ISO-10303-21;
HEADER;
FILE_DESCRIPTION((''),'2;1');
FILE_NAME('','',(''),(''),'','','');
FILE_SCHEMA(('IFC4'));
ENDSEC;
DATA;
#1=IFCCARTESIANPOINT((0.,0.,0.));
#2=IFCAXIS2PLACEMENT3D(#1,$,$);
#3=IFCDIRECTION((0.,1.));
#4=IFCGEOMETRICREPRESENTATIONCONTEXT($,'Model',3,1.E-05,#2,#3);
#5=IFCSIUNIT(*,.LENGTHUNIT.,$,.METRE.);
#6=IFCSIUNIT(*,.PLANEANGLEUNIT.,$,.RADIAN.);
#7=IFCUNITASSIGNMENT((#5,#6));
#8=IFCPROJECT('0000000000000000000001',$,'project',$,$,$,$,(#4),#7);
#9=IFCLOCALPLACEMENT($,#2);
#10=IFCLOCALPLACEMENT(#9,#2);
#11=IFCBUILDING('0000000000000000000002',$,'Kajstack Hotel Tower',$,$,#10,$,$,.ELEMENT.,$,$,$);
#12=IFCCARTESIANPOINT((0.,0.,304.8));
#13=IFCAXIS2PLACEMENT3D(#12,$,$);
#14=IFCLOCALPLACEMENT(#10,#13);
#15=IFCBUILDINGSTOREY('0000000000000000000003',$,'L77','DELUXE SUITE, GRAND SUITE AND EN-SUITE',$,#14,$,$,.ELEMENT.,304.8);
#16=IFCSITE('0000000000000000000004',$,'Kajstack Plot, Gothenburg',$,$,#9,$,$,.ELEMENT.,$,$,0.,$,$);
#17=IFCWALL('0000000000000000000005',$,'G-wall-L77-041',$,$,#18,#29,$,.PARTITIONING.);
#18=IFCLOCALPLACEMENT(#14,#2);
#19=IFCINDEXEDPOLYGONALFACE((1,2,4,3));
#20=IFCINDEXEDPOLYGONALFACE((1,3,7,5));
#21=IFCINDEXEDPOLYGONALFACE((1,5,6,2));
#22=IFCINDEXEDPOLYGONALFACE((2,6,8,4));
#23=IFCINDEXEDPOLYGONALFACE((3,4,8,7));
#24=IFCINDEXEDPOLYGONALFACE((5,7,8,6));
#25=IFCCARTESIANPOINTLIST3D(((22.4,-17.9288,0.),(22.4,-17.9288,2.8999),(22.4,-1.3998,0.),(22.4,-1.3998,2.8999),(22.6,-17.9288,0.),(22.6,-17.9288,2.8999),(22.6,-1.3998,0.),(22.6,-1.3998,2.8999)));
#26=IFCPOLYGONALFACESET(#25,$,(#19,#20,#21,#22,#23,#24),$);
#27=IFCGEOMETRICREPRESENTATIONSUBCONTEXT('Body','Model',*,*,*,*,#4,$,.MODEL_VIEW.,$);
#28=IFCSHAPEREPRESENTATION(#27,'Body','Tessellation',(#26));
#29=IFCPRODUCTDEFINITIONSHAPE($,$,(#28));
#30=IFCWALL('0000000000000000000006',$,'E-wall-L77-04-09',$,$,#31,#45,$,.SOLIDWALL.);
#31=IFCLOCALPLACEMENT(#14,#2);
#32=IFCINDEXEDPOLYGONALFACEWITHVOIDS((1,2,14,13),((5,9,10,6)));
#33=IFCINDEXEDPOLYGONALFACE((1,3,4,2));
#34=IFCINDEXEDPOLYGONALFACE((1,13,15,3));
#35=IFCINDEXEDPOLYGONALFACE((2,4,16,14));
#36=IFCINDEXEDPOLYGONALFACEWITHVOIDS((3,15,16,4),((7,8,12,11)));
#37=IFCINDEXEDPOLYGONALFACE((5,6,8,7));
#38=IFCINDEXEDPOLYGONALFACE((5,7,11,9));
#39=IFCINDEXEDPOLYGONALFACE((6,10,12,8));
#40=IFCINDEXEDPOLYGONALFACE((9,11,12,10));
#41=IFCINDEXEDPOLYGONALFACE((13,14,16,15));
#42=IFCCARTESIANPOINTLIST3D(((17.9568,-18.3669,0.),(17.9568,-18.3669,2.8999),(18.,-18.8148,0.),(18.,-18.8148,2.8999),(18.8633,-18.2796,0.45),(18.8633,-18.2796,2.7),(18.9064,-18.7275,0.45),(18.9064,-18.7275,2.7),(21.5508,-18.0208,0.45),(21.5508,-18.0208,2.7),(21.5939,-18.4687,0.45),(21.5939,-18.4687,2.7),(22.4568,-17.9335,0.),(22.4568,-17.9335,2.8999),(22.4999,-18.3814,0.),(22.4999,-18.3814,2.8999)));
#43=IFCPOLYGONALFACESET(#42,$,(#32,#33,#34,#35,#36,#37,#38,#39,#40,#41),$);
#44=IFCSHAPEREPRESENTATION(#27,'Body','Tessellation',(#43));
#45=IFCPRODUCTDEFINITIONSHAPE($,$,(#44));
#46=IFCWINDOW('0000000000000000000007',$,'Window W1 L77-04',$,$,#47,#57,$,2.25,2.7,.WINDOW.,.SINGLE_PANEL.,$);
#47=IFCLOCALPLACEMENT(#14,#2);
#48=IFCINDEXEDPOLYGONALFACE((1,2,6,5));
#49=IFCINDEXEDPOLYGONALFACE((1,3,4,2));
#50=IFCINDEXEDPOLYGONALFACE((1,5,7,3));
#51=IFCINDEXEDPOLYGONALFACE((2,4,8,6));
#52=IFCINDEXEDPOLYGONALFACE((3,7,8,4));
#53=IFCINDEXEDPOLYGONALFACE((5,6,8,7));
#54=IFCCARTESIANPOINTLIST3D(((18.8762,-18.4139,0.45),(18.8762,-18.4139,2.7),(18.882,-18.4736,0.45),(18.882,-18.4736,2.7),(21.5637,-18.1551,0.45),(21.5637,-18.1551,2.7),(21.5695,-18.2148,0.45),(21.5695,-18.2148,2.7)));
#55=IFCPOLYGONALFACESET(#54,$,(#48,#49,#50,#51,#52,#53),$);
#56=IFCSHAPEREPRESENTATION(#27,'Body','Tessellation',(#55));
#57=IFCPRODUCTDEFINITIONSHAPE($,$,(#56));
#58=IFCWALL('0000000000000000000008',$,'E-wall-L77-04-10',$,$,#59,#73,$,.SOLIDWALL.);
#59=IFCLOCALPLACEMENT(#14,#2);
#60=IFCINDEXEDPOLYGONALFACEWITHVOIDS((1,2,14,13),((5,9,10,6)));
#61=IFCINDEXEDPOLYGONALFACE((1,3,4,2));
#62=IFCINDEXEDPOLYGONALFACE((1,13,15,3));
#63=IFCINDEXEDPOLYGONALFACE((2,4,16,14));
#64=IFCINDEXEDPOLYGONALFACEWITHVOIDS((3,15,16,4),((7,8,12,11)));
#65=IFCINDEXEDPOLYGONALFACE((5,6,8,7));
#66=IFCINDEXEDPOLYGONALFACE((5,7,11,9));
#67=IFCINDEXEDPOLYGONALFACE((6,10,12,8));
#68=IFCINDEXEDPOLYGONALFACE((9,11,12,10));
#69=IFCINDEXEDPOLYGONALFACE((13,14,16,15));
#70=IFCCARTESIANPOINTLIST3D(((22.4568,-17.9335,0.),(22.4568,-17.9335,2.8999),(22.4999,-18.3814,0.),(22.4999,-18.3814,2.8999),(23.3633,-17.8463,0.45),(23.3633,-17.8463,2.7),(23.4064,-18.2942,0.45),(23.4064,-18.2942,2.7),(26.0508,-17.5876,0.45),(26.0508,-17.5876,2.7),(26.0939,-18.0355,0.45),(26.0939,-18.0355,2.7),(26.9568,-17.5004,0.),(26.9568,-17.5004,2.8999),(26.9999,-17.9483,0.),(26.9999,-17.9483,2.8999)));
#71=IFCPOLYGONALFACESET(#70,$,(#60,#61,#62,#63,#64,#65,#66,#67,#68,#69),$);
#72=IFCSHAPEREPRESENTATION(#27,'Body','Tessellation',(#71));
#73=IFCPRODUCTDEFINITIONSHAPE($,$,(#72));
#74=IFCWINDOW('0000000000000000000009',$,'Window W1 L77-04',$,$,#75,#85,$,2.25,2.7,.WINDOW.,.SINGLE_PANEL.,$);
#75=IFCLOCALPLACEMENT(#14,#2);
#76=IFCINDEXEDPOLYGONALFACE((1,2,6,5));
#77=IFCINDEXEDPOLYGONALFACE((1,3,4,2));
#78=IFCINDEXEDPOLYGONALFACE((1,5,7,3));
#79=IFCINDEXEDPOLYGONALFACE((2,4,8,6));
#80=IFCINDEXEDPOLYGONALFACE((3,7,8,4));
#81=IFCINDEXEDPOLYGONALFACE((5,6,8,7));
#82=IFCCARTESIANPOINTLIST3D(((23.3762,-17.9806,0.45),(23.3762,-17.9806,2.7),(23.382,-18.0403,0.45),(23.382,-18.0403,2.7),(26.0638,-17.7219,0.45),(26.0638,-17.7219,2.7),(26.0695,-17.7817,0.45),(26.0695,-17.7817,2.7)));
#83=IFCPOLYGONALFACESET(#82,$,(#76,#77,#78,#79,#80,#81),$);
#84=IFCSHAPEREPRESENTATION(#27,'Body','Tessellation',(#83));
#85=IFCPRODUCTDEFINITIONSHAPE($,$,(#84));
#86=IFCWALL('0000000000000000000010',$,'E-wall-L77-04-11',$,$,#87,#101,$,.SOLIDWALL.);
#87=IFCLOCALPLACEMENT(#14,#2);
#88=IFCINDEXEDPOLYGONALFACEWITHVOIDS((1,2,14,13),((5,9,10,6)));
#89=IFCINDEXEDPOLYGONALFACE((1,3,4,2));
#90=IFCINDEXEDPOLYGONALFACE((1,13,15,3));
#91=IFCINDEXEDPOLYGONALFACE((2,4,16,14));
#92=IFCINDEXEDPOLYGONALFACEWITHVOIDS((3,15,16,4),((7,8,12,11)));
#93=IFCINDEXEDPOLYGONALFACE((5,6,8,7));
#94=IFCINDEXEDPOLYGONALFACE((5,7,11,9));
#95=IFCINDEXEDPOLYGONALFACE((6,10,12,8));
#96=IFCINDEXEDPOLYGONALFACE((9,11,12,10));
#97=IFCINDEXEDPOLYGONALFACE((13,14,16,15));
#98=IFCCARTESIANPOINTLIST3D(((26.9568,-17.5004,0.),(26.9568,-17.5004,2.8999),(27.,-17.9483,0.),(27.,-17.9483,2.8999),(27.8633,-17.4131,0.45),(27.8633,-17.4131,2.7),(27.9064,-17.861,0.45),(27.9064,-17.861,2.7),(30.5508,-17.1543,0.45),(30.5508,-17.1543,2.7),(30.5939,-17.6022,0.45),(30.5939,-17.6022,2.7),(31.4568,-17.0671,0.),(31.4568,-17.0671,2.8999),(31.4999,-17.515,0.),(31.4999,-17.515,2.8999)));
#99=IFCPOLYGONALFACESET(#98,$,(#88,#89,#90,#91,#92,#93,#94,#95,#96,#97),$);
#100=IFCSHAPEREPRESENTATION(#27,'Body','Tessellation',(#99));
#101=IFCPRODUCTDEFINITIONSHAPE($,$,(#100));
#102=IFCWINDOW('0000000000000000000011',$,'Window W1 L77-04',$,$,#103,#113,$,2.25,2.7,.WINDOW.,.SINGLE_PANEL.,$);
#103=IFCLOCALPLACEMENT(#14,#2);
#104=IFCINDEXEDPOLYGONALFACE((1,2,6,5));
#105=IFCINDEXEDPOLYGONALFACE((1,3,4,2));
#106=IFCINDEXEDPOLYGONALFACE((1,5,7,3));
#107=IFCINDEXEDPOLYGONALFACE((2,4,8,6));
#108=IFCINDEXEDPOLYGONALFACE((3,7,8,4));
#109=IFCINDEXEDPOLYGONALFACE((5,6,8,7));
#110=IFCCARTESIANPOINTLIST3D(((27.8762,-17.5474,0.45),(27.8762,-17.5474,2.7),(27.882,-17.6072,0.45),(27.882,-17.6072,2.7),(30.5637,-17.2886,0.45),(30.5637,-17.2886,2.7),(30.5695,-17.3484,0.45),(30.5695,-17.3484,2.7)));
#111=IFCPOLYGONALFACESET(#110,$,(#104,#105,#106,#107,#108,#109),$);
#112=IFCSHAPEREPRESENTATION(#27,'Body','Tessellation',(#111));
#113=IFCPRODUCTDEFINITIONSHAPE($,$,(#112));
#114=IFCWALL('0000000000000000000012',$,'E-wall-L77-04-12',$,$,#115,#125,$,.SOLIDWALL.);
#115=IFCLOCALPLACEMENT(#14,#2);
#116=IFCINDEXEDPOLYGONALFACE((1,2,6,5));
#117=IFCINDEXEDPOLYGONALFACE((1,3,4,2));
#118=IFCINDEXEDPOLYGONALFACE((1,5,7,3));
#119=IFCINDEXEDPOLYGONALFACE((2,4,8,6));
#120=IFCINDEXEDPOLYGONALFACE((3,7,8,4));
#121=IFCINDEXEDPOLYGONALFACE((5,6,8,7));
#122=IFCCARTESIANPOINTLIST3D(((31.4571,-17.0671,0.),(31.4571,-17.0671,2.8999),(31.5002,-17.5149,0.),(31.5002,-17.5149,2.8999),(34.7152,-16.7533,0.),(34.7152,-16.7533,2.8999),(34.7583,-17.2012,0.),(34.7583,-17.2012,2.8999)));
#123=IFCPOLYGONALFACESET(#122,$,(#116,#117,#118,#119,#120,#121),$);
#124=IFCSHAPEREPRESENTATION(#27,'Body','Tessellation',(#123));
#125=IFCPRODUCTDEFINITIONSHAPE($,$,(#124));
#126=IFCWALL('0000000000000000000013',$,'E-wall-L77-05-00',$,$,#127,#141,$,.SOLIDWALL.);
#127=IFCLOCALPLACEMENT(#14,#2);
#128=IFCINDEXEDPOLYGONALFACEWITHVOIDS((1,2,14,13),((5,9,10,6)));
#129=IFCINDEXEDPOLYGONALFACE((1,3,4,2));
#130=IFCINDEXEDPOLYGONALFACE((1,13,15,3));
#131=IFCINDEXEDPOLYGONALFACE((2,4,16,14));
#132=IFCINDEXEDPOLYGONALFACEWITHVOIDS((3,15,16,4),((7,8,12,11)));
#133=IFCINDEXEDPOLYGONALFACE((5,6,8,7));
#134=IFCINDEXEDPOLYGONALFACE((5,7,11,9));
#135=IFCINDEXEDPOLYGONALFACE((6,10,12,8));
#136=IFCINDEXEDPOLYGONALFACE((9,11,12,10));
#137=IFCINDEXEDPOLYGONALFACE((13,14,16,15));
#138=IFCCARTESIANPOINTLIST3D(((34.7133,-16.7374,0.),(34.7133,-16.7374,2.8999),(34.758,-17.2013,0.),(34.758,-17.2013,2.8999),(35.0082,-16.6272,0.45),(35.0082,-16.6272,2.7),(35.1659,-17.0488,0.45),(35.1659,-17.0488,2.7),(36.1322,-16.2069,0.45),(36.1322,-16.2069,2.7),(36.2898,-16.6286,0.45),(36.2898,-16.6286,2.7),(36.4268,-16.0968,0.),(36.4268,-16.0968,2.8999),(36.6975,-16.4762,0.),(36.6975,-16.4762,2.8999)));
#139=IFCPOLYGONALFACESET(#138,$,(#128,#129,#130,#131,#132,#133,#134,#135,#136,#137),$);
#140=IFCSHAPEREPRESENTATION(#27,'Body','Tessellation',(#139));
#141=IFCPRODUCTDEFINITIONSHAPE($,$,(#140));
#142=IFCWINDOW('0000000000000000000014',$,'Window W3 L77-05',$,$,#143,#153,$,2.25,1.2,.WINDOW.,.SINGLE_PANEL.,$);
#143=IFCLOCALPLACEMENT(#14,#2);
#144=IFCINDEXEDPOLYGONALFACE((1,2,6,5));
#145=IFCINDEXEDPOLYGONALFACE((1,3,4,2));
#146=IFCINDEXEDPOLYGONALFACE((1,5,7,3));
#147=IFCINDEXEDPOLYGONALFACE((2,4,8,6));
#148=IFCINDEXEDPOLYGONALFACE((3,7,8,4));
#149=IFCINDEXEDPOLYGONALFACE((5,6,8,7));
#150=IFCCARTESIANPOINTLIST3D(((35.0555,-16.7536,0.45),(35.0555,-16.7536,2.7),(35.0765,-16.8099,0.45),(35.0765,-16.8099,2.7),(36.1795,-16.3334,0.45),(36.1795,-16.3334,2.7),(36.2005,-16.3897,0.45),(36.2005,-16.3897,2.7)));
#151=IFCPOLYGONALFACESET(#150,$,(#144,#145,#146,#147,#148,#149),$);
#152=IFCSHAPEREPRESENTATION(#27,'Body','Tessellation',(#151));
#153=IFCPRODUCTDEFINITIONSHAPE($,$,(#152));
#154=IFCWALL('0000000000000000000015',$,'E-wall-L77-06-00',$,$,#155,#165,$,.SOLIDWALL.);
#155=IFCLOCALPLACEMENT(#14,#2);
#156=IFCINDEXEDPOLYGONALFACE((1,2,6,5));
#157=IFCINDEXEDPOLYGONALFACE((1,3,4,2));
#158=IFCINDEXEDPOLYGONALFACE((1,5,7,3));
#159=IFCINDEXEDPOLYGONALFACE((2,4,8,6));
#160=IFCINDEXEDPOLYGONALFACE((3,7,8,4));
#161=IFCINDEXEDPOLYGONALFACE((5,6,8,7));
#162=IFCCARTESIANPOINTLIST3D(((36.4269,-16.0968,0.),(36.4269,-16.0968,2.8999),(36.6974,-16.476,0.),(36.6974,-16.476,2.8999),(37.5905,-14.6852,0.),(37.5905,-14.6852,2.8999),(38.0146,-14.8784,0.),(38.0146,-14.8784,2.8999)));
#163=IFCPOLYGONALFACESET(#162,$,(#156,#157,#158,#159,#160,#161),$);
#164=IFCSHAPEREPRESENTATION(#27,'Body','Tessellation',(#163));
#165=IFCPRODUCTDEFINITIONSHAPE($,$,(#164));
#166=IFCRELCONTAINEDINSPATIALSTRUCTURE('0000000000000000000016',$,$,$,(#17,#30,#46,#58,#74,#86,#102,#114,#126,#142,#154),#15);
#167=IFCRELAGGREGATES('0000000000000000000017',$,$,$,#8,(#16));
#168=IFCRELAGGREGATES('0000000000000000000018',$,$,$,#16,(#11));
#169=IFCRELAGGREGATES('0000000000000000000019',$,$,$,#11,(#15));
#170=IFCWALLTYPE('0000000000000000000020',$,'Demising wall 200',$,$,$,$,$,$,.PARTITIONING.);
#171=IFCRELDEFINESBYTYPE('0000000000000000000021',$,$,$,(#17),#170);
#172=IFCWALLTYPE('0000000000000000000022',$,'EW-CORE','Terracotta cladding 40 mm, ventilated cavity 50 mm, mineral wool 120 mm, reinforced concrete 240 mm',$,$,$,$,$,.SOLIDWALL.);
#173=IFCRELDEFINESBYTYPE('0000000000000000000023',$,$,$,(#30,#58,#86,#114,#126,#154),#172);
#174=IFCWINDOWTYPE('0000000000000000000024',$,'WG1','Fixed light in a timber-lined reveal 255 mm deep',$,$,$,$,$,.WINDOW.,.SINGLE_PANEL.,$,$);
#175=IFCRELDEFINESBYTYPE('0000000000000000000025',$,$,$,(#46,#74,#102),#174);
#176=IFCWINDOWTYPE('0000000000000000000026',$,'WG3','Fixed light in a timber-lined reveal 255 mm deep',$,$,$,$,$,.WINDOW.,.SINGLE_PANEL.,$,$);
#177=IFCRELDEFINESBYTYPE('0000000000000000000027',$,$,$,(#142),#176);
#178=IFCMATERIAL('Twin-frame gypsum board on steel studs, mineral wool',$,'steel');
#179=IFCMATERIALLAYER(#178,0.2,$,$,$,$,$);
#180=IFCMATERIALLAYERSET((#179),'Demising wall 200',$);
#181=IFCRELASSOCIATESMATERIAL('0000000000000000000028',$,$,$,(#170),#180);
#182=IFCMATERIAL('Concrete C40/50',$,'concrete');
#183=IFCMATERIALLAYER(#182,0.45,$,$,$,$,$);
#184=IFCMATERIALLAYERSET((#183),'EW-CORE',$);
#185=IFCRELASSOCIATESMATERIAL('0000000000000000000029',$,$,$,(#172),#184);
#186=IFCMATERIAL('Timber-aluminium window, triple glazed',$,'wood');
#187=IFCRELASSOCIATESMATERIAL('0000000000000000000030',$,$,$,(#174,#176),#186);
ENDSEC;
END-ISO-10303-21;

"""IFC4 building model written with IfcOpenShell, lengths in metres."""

from ifc_helpers import new_model, si_unit, direction, frame, frame_2d, origin, place, context, subcontext, project, spatial, polyline, rectangle, outline, extrude, material, layer, layer_set, type_object, element, fill, save


model = new_model("IFC4")

# Units and contexts
model_context = context("Model", 3, precision=1e-05, world=origin(), true_north=direction((0.0, 1.0)))
body_context = subcontext(model_context, "Body", "Model", "MODEL_VIEW")
ifc_project = project(units=[si_unit("LENGTHUNIT", "METRE"), si_unit("PLANEANGLEUNIT", "RADIAN")], contexts=[model_context])

# Site, building, storey
site_placement = place(None, origin())
site = spatial("IfcSite", under=ifc_project, at=site_placement, Name="Kajstack Plot, Gothenburg", CompositionType="ELEMENT", RefElevation=0.0)
building_placement = place(site_placement, origin())
building = spatial("IfcBuilding", under=site, at=building_placement, Name="Kajstack Hotel Tower", CompositionType="ELEMENT")
storey_placement = place(building_placement, frame((0.0, 0.0, 304.8)))
storey = spatial("IfcBuildingStorey", under=building, at=storey_placement, Name="L77", Description="DELUXE SUITE, GRAND SUITE AND EN-SUITE", CompositionType="ELEMENT", Elevation=304.8)

# Wall
ifc_material_1 = material(Name="Twin-frame gypsum board on steel studs, mineral wool", Category="steel")
ifc_layer_1 = layer(ifc_material_1, 0.2)
ifc_layer_set_1 = layer_set([ifc_layer_1], Name="Demising wall 200")
wall_type_1 = type_object("IfcWallType", Name="Demising wall 200", PredefinedType="PARTITIONING", material=ifc_layer_set_1)
wall_1_placement = place(storey_placement, frame((22.5, -17.929, 0.0), z_axis=(0.0, 0.0, 1.0), x_axis=(0.0, 1.0, 0.0)))
element("IfcWall", 1, at=wall_1_placement, inside=storey, type_object=wall_type_1, Name="G-wall-L77-041", PredefinedType="PARTITIONING", context=body_context, shape_type="SweptSolid", body=[
    extrude(rectangle(XDim=16.5291, YDim=0.2, at=frame_2d((8.2646, 0.0))), origin(), (0.0, 0.0, 1.0), 2.8999),
])

# Walls, openings, windows
ifc_material_2 = material(Name="Concrete C40/50", Category="concrete")
ifc_layer_2 = layer(ifc_material_2, 0.45)
ifc_layer_set_2 = layer_set([ifc_layer_2], Name="EW-CORE")
wall_type_2 = type_object("IfcWallType", Name="EW-CORE", Description="Terracotta cladding 40 mm, ventilated cavity 50 mm, mineral wool 120 mm, reinforced concrete 240 mm", PredefinedType="SOLIDWALL", material=ifc_layer_set_2)
wall_2_placement = place(storey_placement, frame((17.9785, -18.5908, 0.0), z_axis=(0.0, 0.0, 1.0), x_axis=(0.995395, 0.095856, 0.0)))
wall_2 = element("IfcWall", 2, at=wall_2_placement, inside=storey, type_object=wall_type_2, Name="E-wall-L77-04-09", PredefinedType="SOLIDWALL", context=body_context, shape_type="SweptSolid", body=[
    extrude(rectangle(XDim=4.5208, YDim=0.45, at=frame_2d((2.2603, 0.0))), origin(), (0.0, 0.0, 1.0), 2.8999),
])
opening_1_placement = place(wall_2_placement, frame((0.9104, 0.0, 0.45)))
opening_1 = element("IfcOpeningElement", 3, at=opening_1_placement, cuts=wall_2, PredefinedType="OPENING", context=body_context, shape_type="SweptSolid", body=[
    extrude(rectangle(XDim=2.7, YDim=2.25, at=frame_2d((1.3501, 1.125))), frame((0.0, 0.2349, 0.0), z_axis=(0.0, -1.0, 0.0), x_axis=(1.0, 0.0, 0.0)), (0.0, 0.0, 1.0), 0.47),
])
ifc_material_3 = material(Name="Timber-aluminium window, triple glazed", Category="wood")
window_type_1 = type_object("IfcWindowType", Name="WG1", Description="Fixed light in a timber-lined reveal 255 mm deep", PartitioningType="SINGLE_PANEL", PredefinedType="WINDOW", material=ifc_material_3)
window_1_placement = place(opening_1_placement, origin())
window_1 = element("IfcWindow", 4, at=window_1_placement, inside=storey, type_object=window_type_1, Name="Window W1 L77-04", OverallHeight=2.25, OverallWidth=2.7, PartitioningType="SINGLE_PANEL", PredefinedType="WINDOW", context=body_context, shape_type="SweptSolid", body=[
    extrude(rectangle(XDim=2.7, YDim=2.25, at=frame_2d((1.3501, 1.125))), frame((0.0, 0.0901, 0.0), z_axis=(0.0, -1.0, 0.0), x_axis=(1.0, 0.0, 0.0)), (0.0, 0.0, 1.0), 0.0601),
])
fill(opening_1, window_1)
wall_3_placement = place(storey_placement, frame((22.4785, -18.1575, 0.0), z_axis=(0.0, 0.0, 1.0), x_axis=(0.9954, 0.095803, 0.0)))
wall_3 = element("IfcWall", 5, at=wall_3_placement, inside=storey, type_object=wall_type_2, Name="E-wall-L77-04-10", PredefinedType="SOLIDWALL", context=body_context, shape_type="SweptSolid", body=[
    extrude(rectangle(XDim=4.5208, YDim=0.45, at=frame_2d((2.2603, 0.0))), origin(), (0.0, 0.0, 1.0), 2.8999),
])
opening_2_placement = place(wall_3_placement, frame((0.9104, 0.0, 0.45)))
opening_2 = element("IfcOpeningElement", 6, at=opening_2_placement, cuts=wall_3, PredefinedType="OPENING", context=body_context, shape_type="SweptSolid", body=[
    extrude(rectangle(XDim=2.7, YDim=2.25, at=frame_2d((1.3501, 1.125))), frame((0.0, 0.2349, 0.0), z_axis=(0.0, -1.0, 0.0), x_axis=(1.0, 0.0, 0.0)), (0.0, 0.0, 1.0), 0.47),
])
window_2_placement = place(opening_2_placement, origin())
window_2 = element("IfcWindow", 7, at=window_2_placement, inside=storey, type_object=window_type_1, Name="Window W1 L77-04", OverallHeight=2.25, OverallWidth=2.7, PartitioningType="SINGLE_PANEL", PredefinedType="WINDOW", context=body_context, shape_type="SweptSolid", body=[
    extrude(rectangle(XDim=2.7, YDim=2.25, at=frame_2d((1.3501, 1.125))), frame((0.0, 0.0901, 0.0), z_axis=(0.0, -1.0, 0.0), x_axis=(1.0, 0.0, 0.0)), (0.0, 0.0, 1.0), 0.0601),
])
fill(opening_2, window_2)
wall_4_placement = place(storey_placement, frame((26.9785, -17.7244, 0.0), z_axis=(0.0, 0.0, 1.0), x_axis=(0.995395, 0.095856, 0.0)))
wall_4 = element("IfcWall", 8, at=wall_4_placement, inside=storey, type_object=wall_type_2, Name="E-wall-L77-04-11", PredefinedType="SOLIDWALL", context=body_context, shape_type="SweptSolid", body=[
    extrude(rectangle(XDim=4.5208, YDim=0.45, at=frame_2d((2.2603, 0.0))), origin(), (0.0, 0.0, 1.0), 2.8999),
])
opening_3_placement = place(wall_4_placement, frame((0.9104, 0.0, 0.45)))
opening_3 = element("IfcOpeningElement", 9, at=opening_3_placement, cuts=wall_4, PredefinedType="OPENING", context=body_context, shape_type="SweptSolid", body=[
    extrude(rectangle(XDim=2.7, YDim=2.25, at=frame_2d((1.3501, 1.125))), frame((0.0, 0.2349, 0.0), z_axis=(0.0, -1.0, 0.0), x_axis=(1.0, 0.0, 0.0)), (0.0, 0.0, 1.0), 0.47),
])
window_3_placement = place(opening_3_placement, origin())
window_3 = element("IfcWindow", 10, at=window_3_placement, inside=storey, type_object=window_type_1, Name="Window W1 L77-04", OverallHeight=2.25, OverallWidth=2.7, PartitioningType="SINGLE_PANEL", PredefinedType="WINDOW", context=body_context, shape_type="SweptSolid", body=[
    extrude(rectangle(XDim=2.7, YDim=2.25, at=frame_2d((1.3501, 1.125))), frame((0.0, 0.0901, 0.0), z_axis=(0.0, -1.0, 0.0), x_axis=(1.0, 0.0, 0.0)), (0.0, 0.0, 1.0), 0.0601),
])
fill(opening_3, window_3)

# Wall
wall_5_placement = place(storey_placement, frame((31.4785, -17.291, 0.0), z_axis=(0.0, 0.0, 1.0), x_axis=(0.995396, 0.095847, 0.0)))
element("IfcWall", 11, at=wall_5_placement, inside=storey, type_object=wall_type_2, Name="E-wall-L77-04-12", PredefinedType="SOLIDWALL", context=body_context, shape_type="SweptSolid", body=[
    extrude(rectangle(XDim=3.2732, YDim=0.45, at=frame_2d((1.6367, 0.0))), origin(), (0.0, 0.0, 1.0), 2.8999),
])

# Wall, opening, window
wall_6_placement = place(storey_placement, frame((34.6792, -16.9905, 0.0), z_axis=(0.0, 0.0, 1.0), x_axis=(0.936678, 0.350193, 0.0)))
wall_6 = element("IfcWall", 12, at=wall_6_placement, inside=storey, type_object=wall_type_2, Name="E-wall-L77-05-00", PredefinedType="SOLIDWALL", context=body_context, shape_type="SweptSolid", body=[
    extrude(outline(polyline([(0.0, -0.2251), (2.0706, -0.2251), (1.95, 0.2251), (0.1206, 0.2251), (0.0, -0.2251)])), origin(), (0.0, 0.0, 1.0), 2.8999),
])
opening_4_placement = place(wall_6_placement, frame((0.4353, 0.0, 0.45)))
opening_4 = element("IfcOpeningElement", 13, at=opening_4_placement, cuts=wall_6, PredefinedType="OPENING", context=body_context, shape_type="SweptSolid", body=[
    extrude(rectangle(XDim=1.2, YDim=2.25, at=frame_2d((0.6001, 1.125))), frame((0.0, 0.2349, 0.0), z_axis=(0.0, -1.0, 0.0), x_axis=(1.0, 0.0, 0.0)), (0.0, 0.0, 1.0), 0.47),
])
window_type_2 = type_object("IfcWindowType", Name="WG3", Description="Fixed light in a timber-lined reveal 255 mm deep", PartitioningType="SINGLE_PANEL", PredefinedType="WINDOW", material=ifc_material_3)
window_4_placement = place(opening_4_placement, origin())
window_4 = element("IfcWindow", 14, at=window_4_placement, inside=storey, type_object=window_type_2, Name="Window W3 L77-05", OverallHeight=2.25, OverallWidth=1.2, PartitioningType="SINGLE_PANEL", PredefinedType="WINDOW", context=body_context, shape_type="SweptSolid", body=[
    extrude(rectangle(XDim=1.2, YDim=2.25, at=frame_2d((0.6001, 1.125))), frame((0.0, 0.0901, 0.0), z_axis=(0.0, -1.0, 0.0), x_axis=(1.0, 0.0, 0.0)), (0.0, 0.0, 1.0), 0.0601),
])
fill(opening_4, window_4)

# Wall
wall_7_placement = place(storey_placement, frame((36.5239, -16.333, 0.0), z_axis=(0.0, 0.0, 1.0), x_axis=(0.636046, 0.771651, 0.0)))
element("IfcWall", 15, at=wall_7_placement, inside=storey, type_object=wall_type_2, Name="E-wall-L77-06-00", PredefinedType="SOLIDWALL", context=body_context, shape_type="SweptSolid", body=[
    extrude(outline(polyline([(0.0, -0.2249), (2.0706, -0.2251), (1.95, 0.2251), (0.1206, 0.2251), (0.0, -0.2249)])), origin(), (0.0, 0.0, 1.0), 2.8999),
])

save(model, "model.ifc")
